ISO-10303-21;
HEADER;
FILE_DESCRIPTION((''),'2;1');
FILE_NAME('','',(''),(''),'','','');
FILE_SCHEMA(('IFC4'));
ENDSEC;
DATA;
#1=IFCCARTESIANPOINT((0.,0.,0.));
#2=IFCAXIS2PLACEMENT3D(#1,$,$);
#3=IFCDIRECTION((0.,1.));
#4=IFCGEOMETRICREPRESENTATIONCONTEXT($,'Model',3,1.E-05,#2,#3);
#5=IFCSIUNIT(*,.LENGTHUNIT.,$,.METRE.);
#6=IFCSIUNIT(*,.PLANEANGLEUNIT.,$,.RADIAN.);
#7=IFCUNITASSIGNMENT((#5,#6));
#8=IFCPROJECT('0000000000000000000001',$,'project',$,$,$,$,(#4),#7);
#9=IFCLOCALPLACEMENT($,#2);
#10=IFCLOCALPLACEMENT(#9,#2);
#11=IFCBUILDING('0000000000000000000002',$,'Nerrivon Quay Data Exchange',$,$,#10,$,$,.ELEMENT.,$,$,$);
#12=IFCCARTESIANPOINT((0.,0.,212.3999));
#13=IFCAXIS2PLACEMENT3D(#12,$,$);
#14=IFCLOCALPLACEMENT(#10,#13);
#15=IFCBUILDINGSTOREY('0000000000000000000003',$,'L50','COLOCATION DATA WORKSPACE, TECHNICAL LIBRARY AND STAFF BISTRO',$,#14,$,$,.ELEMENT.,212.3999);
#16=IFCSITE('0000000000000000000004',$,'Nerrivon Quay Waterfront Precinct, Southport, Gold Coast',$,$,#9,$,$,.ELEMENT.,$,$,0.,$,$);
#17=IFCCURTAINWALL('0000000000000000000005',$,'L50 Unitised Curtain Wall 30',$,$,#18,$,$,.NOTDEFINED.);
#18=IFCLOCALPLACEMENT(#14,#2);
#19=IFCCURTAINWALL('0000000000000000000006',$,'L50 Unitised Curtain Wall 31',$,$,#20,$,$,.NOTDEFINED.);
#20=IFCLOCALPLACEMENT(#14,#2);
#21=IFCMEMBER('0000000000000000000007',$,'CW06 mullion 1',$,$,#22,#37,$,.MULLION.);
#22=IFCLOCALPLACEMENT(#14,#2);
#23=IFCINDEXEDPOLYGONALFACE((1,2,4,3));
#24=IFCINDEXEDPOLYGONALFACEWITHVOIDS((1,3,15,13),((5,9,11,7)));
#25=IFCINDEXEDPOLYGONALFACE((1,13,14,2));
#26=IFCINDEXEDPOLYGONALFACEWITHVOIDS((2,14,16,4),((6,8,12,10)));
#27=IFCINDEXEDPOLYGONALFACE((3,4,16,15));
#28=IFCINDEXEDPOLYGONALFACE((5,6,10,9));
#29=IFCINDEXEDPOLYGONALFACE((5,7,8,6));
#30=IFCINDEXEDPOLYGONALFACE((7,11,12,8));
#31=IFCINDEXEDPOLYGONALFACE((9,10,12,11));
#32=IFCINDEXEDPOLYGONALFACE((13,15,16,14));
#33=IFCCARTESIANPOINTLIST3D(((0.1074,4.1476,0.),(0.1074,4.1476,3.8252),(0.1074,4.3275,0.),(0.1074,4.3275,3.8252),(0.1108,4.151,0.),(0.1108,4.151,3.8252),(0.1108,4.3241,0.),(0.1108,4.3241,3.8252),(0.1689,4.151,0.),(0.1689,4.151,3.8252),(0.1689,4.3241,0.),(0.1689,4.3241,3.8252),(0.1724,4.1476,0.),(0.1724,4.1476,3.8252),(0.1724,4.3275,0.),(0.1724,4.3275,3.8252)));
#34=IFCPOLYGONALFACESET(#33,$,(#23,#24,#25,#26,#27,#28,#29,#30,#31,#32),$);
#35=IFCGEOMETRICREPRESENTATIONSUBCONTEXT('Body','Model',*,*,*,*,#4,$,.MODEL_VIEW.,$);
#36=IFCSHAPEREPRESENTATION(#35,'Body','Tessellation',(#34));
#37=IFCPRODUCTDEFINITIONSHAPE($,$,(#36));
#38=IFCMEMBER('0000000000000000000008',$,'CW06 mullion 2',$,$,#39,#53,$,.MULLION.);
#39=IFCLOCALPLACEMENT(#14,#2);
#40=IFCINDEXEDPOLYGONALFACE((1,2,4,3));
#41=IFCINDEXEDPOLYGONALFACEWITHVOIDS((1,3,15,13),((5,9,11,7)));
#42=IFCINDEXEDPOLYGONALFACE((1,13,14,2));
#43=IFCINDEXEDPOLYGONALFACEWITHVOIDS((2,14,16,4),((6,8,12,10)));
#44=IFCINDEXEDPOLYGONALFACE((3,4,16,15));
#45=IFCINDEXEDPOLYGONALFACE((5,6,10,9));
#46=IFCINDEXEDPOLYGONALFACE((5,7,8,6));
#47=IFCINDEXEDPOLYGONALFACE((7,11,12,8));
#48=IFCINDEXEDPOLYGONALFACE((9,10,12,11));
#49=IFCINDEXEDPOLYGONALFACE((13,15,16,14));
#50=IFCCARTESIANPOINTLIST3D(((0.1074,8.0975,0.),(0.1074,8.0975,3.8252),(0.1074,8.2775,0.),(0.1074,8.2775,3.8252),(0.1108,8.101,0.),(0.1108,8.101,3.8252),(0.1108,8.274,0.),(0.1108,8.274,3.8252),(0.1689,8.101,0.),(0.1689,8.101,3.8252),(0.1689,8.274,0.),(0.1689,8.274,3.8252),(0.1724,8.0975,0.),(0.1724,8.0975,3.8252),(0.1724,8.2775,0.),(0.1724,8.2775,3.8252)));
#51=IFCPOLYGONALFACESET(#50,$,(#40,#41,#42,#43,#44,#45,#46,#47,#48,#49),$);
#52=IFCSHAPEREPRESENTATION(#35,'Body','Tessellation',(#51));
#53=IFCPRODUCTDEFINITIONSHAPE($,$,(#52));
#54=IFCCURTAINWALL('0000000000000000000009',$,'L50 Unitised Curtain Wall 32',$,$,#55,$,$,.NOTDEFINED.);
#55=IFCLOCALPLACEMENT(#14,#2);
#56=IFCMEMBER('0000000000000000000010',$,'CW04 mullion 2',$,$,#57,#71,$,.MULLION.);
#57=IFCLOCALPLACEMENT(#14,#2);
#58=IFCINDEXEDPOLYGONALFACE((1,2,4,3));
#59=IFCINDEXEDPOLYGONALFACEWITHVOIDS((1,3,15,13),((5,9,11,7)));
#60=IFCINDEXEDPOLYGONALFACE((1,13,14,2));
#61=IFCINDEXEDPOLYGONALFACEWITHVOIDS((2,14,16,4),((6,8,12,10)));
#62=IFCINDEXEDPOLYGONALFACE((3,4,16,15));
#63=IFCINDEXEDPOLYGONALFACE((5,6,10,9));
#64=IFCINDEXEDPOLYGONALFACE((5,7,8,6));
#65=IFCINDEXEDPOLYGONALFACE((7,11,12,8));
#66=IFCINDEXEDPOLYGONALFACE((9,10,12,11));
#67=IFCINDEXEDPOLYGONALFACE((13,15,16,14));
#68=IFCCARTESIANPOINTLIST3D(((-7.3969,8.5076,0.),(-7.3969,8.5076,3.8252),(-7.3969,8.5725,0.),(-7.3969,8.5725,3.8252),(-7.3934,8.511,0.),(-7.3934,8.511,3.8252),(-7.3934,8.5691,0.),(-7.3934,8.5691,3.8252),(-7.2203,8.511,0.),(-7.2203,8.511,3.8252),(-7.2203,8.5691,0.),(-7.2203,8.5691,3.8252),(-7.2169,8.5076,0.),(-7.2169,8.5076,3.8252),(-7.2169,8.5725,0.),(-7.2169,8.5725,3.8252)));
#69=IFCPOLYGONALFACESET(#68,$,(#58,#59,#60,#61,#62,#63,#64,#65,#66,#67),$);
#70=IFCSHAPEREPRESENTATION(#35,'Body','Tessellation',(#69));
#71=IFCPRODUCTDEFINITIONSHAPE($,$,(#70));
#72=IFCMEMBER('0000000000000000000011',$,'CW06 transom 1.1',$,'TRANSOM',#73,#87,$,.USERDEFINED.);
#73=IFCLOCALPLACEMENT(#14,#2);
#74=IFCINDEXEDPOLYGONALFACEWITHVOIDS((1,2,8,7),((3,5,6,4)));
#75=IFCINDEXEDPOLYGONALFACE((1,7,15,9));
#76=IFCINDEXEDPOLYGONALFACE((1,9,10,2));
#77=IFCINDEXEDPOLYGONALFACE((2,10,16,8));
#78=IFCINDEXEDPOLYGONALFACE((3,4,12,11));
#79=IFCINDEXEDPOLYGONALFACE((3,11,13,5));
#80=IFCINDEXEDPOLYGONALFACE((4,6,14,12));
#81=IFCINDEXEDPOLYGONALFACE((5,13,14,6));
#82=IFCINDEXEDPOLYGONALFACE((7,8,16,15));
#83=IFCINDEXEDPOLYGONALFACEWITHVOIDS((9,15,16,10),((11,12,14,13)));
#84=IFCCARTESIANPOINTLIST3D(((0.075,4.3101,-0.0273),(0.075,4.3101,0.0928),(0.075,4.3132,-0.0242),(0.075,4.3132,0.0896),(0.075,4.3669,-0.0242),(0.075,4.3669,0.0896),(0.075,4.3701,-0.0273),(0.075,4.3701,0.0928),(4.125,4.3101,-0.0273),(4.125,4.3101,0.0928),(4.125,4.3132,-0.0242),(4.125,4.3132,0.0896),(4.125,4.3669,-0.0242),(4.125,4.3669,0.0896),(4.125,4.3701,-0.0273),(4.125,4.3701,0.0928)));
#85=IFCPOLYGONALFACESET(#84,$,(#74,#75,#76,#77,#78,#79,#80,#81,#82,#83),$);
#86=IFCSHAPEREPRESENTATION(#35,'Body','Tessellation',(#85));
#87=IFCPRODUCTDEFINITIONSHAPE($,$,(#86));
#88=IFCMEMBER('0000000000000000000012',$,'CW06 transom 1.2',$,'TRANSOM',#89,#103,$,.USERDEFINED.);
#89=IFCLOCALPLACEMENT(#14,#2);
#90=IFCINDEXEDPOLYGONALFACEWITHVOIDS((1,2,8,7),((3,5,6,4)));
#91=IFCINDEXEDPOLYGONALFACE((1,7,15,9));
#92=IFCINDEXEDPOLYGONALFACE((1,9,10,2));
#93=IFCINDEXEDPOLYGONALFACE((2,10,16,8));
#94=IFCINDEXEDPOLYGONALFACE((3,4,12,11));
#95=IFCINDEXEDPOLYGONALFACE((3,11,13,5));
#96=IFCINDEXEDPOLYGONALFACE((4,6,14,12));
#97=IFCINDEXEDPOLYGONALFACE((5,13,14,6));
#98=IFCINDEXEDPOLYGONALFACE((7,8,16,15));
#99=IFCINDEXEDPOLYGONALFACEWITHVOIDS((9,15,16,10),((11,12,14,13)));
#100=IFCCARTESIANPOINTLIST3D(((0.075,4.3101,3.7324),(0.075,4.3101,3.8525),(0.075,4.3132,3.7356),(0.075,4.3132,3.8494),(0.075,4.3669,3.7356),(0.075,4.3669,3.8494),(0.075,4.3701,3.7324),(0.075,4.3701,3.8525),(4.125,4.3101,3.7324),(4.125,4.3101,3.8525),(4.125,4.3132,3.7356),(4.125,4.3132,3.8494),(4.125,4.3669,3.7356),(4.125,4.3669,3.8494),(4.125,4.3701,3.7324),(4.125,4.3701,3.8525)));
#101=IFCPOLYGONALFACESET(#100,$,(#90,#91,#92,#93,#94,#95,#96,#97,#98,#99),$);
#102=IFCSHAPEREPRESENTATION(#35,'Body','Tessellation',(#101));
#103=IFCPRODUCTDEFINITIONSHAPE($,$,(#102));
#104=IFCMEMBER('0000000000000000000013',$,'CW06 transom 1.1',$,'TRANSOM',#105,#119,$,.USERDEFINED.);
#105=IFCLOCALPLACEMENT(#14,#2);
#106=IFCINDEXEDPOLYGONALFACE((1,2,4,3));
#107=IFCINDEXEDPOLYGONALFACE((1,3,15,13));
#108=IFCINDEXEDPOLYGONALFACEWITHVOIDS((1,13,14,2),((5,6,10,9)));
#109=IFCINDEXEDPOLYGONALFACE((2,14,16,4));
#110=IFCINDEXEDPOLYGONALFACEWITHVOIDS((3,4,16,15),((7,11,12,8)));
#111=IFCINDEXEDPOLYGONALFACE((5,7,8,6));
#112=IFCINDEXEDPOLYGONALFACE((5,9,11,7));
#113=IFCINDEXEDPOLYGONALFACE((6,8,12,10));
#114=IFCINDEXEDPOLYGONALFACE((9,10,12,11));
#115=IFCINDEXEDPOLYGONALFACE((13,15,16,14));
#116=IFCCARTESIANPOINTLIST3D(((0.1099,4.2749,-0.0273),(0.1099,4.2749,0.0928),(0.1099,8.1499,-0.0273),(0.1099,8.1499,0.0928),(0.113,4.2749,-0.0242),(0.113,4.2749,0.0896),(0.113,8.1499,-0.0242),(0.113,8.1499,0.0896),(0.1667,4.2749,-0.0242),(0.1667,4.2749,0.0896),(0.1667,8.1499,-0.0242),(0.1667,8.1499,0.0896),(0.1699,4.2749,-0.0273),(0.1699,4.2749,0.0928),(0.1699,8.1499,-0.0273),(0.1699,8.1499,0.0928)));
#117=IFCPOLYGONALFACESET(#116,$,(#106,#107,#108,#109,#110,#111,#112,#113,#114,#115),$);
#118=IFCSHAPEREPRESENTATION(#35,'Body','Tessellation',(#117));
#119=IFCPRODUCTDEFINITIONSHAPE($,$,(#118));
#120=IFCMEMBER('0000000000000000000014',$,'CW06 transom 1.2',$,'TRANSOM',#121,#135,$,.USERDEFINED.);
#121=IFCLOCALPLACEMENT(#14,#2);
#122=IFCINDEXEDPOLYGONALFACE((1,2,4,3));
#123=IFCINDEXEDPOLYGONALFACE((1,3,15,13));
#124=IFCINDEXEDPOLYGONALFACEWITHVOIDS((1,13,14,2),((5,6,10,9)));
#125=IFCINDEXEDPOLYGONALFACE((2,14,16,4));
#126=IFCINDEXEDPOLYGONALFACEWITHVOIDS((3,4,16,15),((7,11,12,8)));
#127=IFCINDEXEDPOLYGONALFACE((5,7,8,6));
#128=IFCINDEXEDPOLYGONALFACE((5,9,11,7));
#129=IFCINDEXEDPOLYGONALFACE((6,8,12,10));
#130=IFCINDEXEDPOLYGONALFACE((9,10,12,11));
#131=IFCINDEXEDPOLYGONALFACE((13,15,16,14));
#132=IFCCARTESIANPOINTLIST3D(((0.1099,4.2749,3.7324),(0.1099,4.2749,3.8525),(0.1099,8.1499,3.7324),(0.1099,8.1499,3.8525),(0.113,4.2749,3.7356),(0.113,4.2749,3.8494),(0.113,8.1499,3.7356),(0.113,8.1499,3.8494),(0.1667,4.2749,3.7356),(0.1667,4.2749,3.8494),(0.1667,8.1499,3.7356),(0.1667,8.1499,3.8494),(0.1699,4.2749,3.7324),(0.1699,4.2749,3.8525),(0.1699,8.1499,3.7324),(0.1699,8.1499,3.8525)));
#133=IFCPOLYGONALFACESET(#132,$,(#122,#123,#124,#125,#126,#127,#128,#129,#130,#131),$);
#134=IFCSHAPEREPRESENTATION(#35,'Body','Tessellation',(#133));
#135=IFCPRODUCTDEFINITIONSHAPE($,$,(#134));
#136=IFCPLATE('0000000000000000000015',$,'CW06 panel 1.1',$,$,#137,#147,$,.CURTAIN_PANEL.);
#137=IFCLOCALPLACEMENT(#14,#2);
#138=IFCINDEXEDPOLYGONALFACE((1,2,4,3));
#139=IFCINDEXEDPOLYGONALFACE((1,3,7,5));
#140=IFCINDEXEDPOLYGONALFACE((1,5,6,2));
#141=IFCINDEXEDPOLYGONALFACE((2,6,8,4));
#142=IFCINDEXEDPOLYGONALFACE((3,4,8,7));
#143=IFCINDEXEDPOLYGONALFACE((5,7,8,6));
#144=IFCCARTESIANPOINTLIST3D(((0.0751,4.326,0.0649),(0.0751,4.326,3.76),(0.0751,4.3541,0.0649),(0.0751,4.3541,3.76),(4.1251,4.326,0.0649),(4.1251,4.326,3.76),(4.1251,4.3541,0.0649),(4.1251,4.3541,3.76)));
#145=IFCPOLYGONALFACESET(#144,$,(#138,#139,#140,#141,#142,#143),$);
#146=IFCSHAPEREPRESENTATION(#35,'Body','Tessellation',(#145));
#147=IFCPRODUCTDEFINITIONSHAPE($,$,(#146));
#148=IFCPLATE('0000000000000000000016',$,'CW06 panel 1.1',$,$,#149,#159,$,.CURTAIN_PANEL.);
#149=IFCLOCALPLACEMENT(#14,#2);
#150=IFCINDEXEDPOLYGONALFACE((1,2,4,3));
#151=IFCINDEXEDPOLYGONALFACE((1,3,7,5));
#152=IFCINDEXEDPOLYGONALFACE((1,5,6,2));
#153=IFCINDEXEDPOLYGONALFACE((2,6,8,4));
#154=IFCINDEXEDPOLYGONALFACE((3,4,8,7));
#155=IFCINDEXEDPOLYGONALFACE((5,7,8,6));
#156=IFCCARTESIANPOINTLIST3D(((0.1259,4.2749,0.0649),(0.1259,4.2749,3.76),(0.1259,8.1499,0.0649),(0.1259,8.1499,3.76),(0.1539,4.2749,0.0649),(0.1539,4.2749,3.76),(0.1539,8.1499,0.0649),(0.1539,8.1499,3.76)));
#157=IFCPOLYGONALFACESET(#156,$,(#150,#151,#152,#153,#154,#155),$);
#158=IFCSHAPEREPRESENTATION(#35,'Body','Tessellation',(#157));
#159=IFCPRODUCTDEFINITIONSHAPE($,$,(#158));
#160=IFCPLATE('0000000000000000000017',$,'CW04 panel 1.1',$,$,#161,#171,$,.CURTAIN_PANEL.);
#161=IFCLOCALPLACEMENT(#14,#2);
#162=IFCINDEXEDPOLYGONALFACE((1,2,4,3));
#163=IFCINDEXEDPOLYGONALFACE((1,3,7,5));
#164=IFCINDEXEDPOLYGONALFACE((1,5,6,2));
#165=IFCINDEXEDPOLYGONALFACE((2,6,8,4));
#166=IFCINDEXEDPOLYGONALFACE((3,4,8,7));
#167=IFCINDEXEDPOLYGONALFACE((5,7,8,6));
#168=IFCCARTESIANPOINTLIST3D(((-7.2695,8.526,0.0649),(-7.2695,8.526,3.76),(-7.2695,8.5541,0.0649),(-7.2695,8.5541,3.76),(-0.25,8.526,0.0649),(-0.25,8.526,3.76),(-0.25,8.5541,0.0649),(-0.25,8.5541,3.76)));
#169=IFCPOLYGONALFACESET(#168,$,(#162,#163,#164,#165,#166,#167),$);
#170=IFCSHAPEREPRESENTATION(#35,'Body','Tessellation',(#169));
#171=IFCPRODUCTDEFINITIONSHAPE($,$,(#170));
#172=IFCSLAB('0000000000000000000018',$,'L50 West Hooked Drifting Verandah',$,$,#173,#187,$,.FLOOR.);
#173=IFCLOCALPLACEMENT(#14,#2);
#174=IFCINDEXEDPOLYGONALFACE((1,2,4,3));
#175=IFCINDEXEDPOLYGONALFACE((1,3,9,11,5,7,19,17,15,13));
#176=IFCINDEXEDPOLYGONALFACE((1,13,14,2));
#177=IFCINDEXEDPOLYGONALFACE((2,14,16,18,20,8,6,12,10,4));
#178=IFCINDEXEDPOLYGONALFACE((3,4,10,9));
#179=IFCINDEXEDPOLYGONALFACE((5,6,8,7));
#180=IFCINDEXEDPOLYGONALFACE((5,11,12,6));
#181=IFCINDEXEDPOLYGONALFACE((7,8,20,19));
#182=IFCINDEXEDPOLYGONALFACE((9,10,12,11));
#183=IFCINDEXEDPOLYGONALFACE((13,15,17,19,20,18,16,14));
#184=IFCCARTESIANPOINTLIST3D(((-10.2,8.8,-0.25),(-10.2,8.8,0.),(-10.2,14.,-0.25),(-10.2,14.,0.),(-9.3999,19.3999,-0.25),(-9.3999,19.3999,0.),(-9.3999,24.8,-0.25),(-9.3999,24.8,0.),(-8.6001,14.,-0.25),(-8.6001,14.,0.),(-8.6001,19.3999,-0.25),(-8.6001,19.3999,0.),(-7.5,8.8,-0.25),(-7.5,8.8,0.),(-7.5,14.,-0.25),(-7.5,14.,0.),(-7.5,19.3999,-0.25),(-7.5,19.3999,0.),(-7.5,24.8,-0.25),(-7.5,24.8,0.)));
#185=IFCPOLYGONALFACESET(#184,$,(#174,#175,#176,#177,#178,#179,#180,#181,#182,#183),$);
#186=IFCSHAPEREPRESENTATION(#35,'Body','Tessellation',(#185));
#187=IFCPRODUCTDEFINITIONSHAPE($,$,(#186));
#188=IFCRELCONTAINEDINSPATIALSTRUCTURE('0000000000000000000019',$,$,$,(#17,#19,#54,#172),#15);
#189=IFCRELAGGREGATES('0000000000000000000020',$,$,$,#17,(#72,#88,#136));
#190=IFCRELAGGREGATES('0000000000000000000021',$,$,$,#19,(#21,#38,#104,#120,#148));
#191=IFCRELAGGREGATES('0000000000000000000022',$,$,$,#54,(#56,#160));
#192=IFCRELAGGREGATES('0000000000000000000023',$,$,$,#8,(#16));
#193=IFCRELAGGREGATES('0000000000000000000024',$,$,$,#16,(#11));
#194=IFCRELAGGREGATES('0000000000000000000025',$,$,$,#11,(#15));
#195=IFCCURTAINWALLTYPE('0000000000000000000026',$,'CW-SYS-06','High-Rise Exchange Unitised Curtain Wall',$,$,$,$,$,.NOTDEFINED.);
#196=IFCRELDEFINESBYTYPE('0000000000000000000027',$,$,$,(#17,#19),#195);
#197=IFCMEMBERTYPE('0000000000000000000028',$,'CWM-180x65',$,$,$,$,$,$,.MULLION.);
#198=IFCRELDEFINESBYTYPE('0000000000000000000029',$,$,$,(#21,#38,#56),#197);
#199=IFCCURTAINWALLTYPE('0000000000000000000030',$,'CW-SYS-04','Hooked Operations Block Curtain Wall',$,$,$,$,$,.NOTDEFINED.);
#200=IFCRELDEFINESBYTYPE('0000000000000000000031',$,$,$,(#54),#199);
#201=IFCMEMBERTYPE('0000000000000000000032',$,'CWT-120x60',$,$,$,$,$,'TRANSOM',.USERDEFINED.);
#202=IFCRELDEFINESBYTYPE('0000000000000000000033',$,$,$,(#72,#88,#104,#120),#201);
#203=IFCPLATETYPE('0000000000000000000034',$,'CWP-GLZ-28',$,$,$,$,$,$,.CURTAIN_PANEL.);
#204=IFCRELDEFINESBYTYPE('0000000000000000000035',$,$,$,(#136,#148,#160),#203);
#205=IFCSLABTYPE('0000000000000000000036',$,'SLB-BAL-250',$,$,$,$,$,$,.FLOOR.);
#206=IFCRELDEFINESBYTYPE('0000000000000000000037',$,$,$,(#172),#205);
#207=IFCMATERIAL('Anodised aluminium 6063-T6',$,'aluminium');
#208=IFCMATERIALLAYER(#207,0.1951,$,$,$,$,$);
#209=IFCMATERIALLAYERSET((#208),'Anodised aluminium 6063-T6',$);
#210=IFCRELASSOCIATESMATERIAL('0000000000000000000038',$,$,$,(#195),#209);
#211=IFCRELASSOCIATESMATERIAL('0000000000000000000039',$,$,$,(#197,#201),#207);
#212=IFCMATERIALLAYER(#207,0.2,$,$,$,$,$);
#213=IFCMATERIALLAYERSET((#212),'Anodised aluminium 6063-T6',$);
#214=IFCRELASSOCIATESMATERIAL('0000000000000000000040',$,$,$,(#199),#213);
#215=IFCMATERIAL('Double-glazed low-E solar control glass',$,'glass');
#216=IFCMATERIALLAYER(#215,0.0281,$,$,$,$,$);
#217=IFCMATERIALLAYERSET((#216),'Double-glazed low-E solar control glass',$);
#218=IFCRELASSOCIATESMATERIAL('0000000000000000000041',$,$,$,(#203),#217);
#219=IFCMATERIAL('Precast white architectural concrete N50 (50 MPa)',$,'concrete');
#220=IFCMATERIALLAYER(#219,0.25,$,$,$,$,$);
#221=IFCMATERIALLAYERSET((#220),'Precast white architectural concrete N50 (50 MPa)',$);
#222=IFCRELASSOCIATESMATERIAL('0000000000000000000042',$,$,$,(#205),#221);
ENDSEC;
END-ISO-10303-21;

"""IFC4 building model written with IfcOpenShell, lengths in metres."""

from ifc_helpers import new_model, si_unit, direction, frame, origin, origin_2d, place, context, subcontext, project, spatial, polyline, rectangle, hollow_rectangle, outline, extrude, material, layer, layer_set, material_profile, profile_set, type_object, element, aggregate, save


model = new_model("IFC4")

# Units and contexts
model_context = context("Model", 3, precision=1e-05, world=origin(), true_north=direction((0.0, 1.0)))
body_context = subcontext(model_context, "Body", "Model", "MODEL_VIEW")
ifc_project = project(units=[si_unit("LENGTHUNIT", "METRE"), si_unit("PLANEANGLEUNIT", "RADIAN")], contexts=[model_context])

# Site, building, storey
site_placement = place(None, origin())
site = spatial("IfcSite", under=ifc_project, at=site_placement, Name="Nerrivon Quay Waterfront Precinct, Southport, Gold Coast", CompositionType="ELEMENT", RefElevation=0.0)
building_placement = place(site_placement, origin())
building = spatial("IfcBuilding", under=site, at=building_placement, Name="Nerrivon Quay Data Exchange", CompositionType="ELEMENT")
storey_placement = place(building_placement, frame((0.0, 0.0, 212.3999)))
storey = spatial("IfcBuildingStorey", under=building, at=storey_placement, Name="L50", Description="COLOCATION DATA WORKSPACE, TECHNICAL LIBRARY AND STAFF BISTRO", CompositionType="ELEMENT", Elevation=212.3999)

# Curtain walls, members
ifc_material_1 = material(Name="Anodised aluminium 6063-T6", Category="aluminium")
ifc_layer_1 = layer(ifc_material_1, 0.1951)
ifc_layer_set_1 = layer_set([ifc_layer_1], Name="Anodised aluminium 6063-T6")
curtain_wall_type_1 = type_object("IfcCurtainWallType", Name="CW-SYS-06", Description="High-Rise Exchange Unitised Curtain Wall", PredefinedType="NOTDEFINED", material=ifc_layer_set_1)
curtain_wall_1_placement = place(storey_placement, origin())
curtain_wall_1 = element("IfcCurtainWall", 1, at=curtain_wall_1_placement, inside=storey, type_object=curtain_wall_type_1, Name="L50 Unitised Curtain Wall 30", PredefinedType="NOTDEFINED")
ifc_material_profile_1 = material_profile(ifc_material_1, hollow_rectangle(XDim=0.0649, YDim=0.1799, WallThickness=0.0034, at=origin_2d()), Name="ALU-MULL-180x65")
ifc_profile_set_1 = profile_set([ifc_material_profile_1], Name="Anodised aluminium 6063-T6")
member_type_1 = type_object("IfcMemberType", Name="CWM-180x65", PredefinedType="MULLION", material=ifc_profile_set_1)
curtain_wall_2_placement = place(storey_placement, origin())
curtain_wall_2 = element("IfcCurtainWall", 2, at=curtain_wall_2_placement, inside=storey, type_object=curtain_wall_type_1, Name="L50 Unitised Curtain Wall 31", PredefinedType="NOTDEFINED")
member_1_placement = place(storey_placement, frame((0.1399, 4.2375, 0.0), z_axis=(0.0, 0.0, 1.0), x_axis=(-1.0, 0.0, 0.0)))
member_1 = element("IfcMember", 3, at=member_1_placement, type_object=member_type_1, Name="CW06 mullion 1", PredefinedType="MULLION", context=body_context, shape_type="SweptSolid", body=[
    extrude(hollow_rectangle(XDim=0.0649, YDim=0.1799, WallThickness=0.0034, at=origin_2d()), origin(), (0.0, 0.0, 1.0), 3.8252),
])
member_2_placement = place(storey_placement, frame((0.1399, 8.1875, 0.0), z_axis=(0.0, 0.0, 1.0), x_axis=(-1.0, 0.0, 0.0)))
member_2 = element("IfcMember", 4, at=member_2_placement, type_object=member_type_1, Name="CW06 mullion 2", PredefinedType="MULLION", context=body_context, shape_type="SweptSolid", body=[
    extrude(hollow_rectangle(XDim=0.0649, YDim=0.1799, WallThickness=0.0034, at=origin_2d()), origin(), (0.0, 0.0, 1.0), 3.8252),
])

# Curtain wall, member
ifc_layer_2 = layer(ifc_material_1, 0.2)
ifc_layer_set_2 = layer_set([ifc_layer_2], Name="Anodised aluminium 6063-T6")
curtain_wall_type_2 = type_object("IfcCurtainWallType", Name="CW-SYS-04", Description="Hooked Operations Block Curtain Wall", PredefinedType="NOTDEFINED", material=ifc_layer_set_2)
curtain_wall_3_placement = place(storey_placement, origin())
curtain_wall_3 = element("IfcCurtainWall", 5, at=curtain_wall_3_placement, inside=storey, type_object=curtain_wall_type_2, Name="L50 Unitised Curtain Wall 32", PredefinedType="NOTDEFINED")
member_3_placement = place(storey_placement, frame((-7.3069, 8.54, 0.0), z_axis=(0.0, 0.0, 1.0), x_axis=(0.0, -1.0, 0.0)))
member_3 = element("IfcMember", 6, at=member_3_placement, type_object=member_type_1, Name="CW04 mullion 2", PredefinedType="MULLION", context=body_context, shape_type="SweptSolid", body=[
    extrude(hollow_rectangle(XDim=0.0649, YDim=0.1799, WallThickness=0.0034, at=origin_2d()), origin(), (0.0, 0.0, 1.0), 3.8252),
])

# Members
ifc_material_profile_2 = material_profile(ifc_material_1, hollow_rectangle(XDim=0.0601, YDim=0.1201, WallThickness=0.0032, at=origin_2d()), Name="ALU-TRAN-120x60")
ifc_profile_set_2 = profile_set([ifc_material_profile_2], Name="Anodised aluminium 6063-T6")
member_type_2 = type_object("IfcMemberType", Name="CWT-120x60", ElementType="TRANSOM", PredefinedType="USERDEFINED", material=ifc_profile_set_2)
member_4_placement = place(storey_placement, frame((4.125, 4.3401, 0.0327), z_axis=(-1.0, 0.0, 0.0), x_axis=(0.0, -1.0, 0.0)))
member_4 = element("IfcMember", 7, at=member_4_placement, type_object=member_type_2, Name="CW06 transom 1.1", ObjectType="TRANSOM", PredefinedType="USERDEFINED", context=body_context, shape_type="SweptSolid", body=[
    extrude(hollow_rectangle(XDim=0.0601, YDim=0.1201, WallThickness=0.0032, at=origin_2d()), origin(), (0.0, 0.0, 1.0), 4.05),
])
member_5_placement = place(storey_placement, frame((4.125, 4.3401, 3.7925), z_axis=(-1.0, 0.0, 0.0), x_axis=(0.0, -1.0, 0.0)))
member_5 = element("IfcMember", 8, at=member_5_placement, type_object=member_type_2, Name="CW06 transom 1.2", ObjectType="TRANSOM", PredefinedType="USERDEFINED", context=body_context, shape_type="SweptSolid", body=[
    extrude(hollow_rectangle(XDim=0.0601, YDim=0.1201, WallThickness=0.0032, at=origin_2d()), origin(), (0.0, 0.0, 1.0), 4.05),
])
member_6_placement = place(storey_placement, frame((0.1399, 4.2749, 0.0327), z_axis=(0.0, 1.0, 0.0), x_axis=(-1.0, 0.0, 0.0)))
member_6 = element("IfcMember", 9, at=member_6_placement, type_object=member_type_2, Name="CW06 transom 1.1", ObjectType="TRANSOM", PredefinedType="USERDEFINED", context=body_context, shape_type="SweptSolid", body=[
    extrude(hollow_rectangle(XDim=0.0601, YDim=0.1201, WallThickness=0.0032, at=origin_2d()), origin(), (0.0, 0.0, 1.0), 3.875),
])
member_7_placement = place(storey_placement, frame((0.1399, 4.2749, 3.7925), z_axis=(0.0, 1.0, 0.0), x_axis=(-1.0, 0.0, 0.0)))
member_7 = element("IfcMember", 10, at=member_7_placement, type_object=member_type_2, Name="CW06 transom 1.2", ObjectType="TRANSOM", PredefinedType="USERDEFINED", context=body_context, shape_type="SweptSolid", body=[
    extrude(hollow_rectangle(XDim=0.0601, YDim=0.1201, WallThickness=0.0032, at=origin_2d()), origin(), (0.0, 0.0, 1.0), 3.875),
])

# Plates
ifc_material_2 = material(Name="Double-glazed low-E solar control glass", Category="glass")
ifc_layer_3 = layer(ifc_material_2, 0.0281)
ifc_layer_set_3 = layer_set([ifc_layer_3], Name="Double-glazed low-E solar control glass")
plate_type = type_object("IfcPlateType", Name="CWP-GLZ-28", PredefinedType="CURTAIN_PANEL", material=ifc_layer_set_3)
plate_1_placement = place(storey_placement, frame((2.1001, 4.3401, 0.0649), z_axis=(0.0, 0.0, 1.0), x_axis=(-1.0, 0.0, 0.0)))
plate_1 = element("IfcPlate", 11, at=plate_1_placement, type_object=plate_type, Name="CW06 panel 1.1", PredefinedType="CURTAIN_PANEL", context=body_context, shape_type="SweptSolid", body=[
    extrude(rectangle(XDim=4.05, YDim=0.0281, at=origin_2d()), origin(), (0.0, 0.0, 1.0), 3.6951),
])
aggregate(curtain_wall_1, [member_4, member_5, plate_1])
plate_2_placement = place(storey_placement, frame((0.1399, 6.2124, 0.0649), z_axis=(0.0, 0.0, 1.0), x_axis=(0.0, 1.0, 0.0)))
plate_2 = element("IfcPlate", 12, at=plate_2_placement, type_object=plate_type, Name="CW06 panel 1.1", PredefinedType="CURTAIN_PANEL", context=body_context, shape_type="SweptSolid", body=[
    extrude(rectangle(XDim=3.875, YDim=0.0281, at=origin_2d()), origin(), (0.0, 0.0, 1.0), 3.6951),
])
aggregate(curtain_wall_2, [member_1, member_2, member_6, member_7, plate_2])
plate_3_placement = place(storey_placement, frame((-3.7598, 8.54, 0.0649), z_axis=(0.0, 0.0, 1.0), x_axis=(-1.0, 0.0, 0.0)))
plate_3 = element("IfcPlate", 13, at=plate_3_placement, type_object=plate_type, Name="CW04 panel 1.1", PredefinedType="CURTAIN_PANEL", context=body_context, shape_type="SweptSolid", body=[
    extrude(rectangle(XDim=7.0195, YDim=0.0281, at=origin_2d()), origin(), (0.0, 0.0, 1.0), 3.6951),
])
aggregate(curtain_wall_3, [member_3, plate_3])

# Slab
ifc_material_3 = material(Name="Precast white architectural concrete N50 (50 MPa)", Category="concrete")
ifc_layer_4 = layer(ifc_material_3, 0.25)
ifc_layer_set_4 = layer_set([ifc_layer_4], Name="Precast white architectural concrete N50 (50 MPa)")
slab_type_1 = type_object("IfcSlabType", Name="SLB-BAL-250", PredefinedType="FLOOR", material=ifc_layer_set_4)
slab_1_placement = place(storey_placement, frame((0.0, 0.0, -0.25)))
element("IfcSlab", 14, at=slab_1_placement, inside=storey, type_object=slab_type_1, Name="L50 West Hooked Drifting Verandah", PredefinedType="FLOOR", context=body_context, shape_type="SweptSolid", body=[
    extrude(outline(polyline([(-7.5, 14.0), (-7.5, 19.3999), (-7.5, 24.8), (-9.3999, 24.8), (-9.3999, 19.3999), (-8.6001, 19.3999), (-8.6001, 14.0), (-10.2, 14.0), (-10.2, 8.8), (-7.5, 8.8), (-7.5, 14.0)])), origin(), (0.0, 0.0, 1.0), 0.25),
])

save(model, "model.ifc")
